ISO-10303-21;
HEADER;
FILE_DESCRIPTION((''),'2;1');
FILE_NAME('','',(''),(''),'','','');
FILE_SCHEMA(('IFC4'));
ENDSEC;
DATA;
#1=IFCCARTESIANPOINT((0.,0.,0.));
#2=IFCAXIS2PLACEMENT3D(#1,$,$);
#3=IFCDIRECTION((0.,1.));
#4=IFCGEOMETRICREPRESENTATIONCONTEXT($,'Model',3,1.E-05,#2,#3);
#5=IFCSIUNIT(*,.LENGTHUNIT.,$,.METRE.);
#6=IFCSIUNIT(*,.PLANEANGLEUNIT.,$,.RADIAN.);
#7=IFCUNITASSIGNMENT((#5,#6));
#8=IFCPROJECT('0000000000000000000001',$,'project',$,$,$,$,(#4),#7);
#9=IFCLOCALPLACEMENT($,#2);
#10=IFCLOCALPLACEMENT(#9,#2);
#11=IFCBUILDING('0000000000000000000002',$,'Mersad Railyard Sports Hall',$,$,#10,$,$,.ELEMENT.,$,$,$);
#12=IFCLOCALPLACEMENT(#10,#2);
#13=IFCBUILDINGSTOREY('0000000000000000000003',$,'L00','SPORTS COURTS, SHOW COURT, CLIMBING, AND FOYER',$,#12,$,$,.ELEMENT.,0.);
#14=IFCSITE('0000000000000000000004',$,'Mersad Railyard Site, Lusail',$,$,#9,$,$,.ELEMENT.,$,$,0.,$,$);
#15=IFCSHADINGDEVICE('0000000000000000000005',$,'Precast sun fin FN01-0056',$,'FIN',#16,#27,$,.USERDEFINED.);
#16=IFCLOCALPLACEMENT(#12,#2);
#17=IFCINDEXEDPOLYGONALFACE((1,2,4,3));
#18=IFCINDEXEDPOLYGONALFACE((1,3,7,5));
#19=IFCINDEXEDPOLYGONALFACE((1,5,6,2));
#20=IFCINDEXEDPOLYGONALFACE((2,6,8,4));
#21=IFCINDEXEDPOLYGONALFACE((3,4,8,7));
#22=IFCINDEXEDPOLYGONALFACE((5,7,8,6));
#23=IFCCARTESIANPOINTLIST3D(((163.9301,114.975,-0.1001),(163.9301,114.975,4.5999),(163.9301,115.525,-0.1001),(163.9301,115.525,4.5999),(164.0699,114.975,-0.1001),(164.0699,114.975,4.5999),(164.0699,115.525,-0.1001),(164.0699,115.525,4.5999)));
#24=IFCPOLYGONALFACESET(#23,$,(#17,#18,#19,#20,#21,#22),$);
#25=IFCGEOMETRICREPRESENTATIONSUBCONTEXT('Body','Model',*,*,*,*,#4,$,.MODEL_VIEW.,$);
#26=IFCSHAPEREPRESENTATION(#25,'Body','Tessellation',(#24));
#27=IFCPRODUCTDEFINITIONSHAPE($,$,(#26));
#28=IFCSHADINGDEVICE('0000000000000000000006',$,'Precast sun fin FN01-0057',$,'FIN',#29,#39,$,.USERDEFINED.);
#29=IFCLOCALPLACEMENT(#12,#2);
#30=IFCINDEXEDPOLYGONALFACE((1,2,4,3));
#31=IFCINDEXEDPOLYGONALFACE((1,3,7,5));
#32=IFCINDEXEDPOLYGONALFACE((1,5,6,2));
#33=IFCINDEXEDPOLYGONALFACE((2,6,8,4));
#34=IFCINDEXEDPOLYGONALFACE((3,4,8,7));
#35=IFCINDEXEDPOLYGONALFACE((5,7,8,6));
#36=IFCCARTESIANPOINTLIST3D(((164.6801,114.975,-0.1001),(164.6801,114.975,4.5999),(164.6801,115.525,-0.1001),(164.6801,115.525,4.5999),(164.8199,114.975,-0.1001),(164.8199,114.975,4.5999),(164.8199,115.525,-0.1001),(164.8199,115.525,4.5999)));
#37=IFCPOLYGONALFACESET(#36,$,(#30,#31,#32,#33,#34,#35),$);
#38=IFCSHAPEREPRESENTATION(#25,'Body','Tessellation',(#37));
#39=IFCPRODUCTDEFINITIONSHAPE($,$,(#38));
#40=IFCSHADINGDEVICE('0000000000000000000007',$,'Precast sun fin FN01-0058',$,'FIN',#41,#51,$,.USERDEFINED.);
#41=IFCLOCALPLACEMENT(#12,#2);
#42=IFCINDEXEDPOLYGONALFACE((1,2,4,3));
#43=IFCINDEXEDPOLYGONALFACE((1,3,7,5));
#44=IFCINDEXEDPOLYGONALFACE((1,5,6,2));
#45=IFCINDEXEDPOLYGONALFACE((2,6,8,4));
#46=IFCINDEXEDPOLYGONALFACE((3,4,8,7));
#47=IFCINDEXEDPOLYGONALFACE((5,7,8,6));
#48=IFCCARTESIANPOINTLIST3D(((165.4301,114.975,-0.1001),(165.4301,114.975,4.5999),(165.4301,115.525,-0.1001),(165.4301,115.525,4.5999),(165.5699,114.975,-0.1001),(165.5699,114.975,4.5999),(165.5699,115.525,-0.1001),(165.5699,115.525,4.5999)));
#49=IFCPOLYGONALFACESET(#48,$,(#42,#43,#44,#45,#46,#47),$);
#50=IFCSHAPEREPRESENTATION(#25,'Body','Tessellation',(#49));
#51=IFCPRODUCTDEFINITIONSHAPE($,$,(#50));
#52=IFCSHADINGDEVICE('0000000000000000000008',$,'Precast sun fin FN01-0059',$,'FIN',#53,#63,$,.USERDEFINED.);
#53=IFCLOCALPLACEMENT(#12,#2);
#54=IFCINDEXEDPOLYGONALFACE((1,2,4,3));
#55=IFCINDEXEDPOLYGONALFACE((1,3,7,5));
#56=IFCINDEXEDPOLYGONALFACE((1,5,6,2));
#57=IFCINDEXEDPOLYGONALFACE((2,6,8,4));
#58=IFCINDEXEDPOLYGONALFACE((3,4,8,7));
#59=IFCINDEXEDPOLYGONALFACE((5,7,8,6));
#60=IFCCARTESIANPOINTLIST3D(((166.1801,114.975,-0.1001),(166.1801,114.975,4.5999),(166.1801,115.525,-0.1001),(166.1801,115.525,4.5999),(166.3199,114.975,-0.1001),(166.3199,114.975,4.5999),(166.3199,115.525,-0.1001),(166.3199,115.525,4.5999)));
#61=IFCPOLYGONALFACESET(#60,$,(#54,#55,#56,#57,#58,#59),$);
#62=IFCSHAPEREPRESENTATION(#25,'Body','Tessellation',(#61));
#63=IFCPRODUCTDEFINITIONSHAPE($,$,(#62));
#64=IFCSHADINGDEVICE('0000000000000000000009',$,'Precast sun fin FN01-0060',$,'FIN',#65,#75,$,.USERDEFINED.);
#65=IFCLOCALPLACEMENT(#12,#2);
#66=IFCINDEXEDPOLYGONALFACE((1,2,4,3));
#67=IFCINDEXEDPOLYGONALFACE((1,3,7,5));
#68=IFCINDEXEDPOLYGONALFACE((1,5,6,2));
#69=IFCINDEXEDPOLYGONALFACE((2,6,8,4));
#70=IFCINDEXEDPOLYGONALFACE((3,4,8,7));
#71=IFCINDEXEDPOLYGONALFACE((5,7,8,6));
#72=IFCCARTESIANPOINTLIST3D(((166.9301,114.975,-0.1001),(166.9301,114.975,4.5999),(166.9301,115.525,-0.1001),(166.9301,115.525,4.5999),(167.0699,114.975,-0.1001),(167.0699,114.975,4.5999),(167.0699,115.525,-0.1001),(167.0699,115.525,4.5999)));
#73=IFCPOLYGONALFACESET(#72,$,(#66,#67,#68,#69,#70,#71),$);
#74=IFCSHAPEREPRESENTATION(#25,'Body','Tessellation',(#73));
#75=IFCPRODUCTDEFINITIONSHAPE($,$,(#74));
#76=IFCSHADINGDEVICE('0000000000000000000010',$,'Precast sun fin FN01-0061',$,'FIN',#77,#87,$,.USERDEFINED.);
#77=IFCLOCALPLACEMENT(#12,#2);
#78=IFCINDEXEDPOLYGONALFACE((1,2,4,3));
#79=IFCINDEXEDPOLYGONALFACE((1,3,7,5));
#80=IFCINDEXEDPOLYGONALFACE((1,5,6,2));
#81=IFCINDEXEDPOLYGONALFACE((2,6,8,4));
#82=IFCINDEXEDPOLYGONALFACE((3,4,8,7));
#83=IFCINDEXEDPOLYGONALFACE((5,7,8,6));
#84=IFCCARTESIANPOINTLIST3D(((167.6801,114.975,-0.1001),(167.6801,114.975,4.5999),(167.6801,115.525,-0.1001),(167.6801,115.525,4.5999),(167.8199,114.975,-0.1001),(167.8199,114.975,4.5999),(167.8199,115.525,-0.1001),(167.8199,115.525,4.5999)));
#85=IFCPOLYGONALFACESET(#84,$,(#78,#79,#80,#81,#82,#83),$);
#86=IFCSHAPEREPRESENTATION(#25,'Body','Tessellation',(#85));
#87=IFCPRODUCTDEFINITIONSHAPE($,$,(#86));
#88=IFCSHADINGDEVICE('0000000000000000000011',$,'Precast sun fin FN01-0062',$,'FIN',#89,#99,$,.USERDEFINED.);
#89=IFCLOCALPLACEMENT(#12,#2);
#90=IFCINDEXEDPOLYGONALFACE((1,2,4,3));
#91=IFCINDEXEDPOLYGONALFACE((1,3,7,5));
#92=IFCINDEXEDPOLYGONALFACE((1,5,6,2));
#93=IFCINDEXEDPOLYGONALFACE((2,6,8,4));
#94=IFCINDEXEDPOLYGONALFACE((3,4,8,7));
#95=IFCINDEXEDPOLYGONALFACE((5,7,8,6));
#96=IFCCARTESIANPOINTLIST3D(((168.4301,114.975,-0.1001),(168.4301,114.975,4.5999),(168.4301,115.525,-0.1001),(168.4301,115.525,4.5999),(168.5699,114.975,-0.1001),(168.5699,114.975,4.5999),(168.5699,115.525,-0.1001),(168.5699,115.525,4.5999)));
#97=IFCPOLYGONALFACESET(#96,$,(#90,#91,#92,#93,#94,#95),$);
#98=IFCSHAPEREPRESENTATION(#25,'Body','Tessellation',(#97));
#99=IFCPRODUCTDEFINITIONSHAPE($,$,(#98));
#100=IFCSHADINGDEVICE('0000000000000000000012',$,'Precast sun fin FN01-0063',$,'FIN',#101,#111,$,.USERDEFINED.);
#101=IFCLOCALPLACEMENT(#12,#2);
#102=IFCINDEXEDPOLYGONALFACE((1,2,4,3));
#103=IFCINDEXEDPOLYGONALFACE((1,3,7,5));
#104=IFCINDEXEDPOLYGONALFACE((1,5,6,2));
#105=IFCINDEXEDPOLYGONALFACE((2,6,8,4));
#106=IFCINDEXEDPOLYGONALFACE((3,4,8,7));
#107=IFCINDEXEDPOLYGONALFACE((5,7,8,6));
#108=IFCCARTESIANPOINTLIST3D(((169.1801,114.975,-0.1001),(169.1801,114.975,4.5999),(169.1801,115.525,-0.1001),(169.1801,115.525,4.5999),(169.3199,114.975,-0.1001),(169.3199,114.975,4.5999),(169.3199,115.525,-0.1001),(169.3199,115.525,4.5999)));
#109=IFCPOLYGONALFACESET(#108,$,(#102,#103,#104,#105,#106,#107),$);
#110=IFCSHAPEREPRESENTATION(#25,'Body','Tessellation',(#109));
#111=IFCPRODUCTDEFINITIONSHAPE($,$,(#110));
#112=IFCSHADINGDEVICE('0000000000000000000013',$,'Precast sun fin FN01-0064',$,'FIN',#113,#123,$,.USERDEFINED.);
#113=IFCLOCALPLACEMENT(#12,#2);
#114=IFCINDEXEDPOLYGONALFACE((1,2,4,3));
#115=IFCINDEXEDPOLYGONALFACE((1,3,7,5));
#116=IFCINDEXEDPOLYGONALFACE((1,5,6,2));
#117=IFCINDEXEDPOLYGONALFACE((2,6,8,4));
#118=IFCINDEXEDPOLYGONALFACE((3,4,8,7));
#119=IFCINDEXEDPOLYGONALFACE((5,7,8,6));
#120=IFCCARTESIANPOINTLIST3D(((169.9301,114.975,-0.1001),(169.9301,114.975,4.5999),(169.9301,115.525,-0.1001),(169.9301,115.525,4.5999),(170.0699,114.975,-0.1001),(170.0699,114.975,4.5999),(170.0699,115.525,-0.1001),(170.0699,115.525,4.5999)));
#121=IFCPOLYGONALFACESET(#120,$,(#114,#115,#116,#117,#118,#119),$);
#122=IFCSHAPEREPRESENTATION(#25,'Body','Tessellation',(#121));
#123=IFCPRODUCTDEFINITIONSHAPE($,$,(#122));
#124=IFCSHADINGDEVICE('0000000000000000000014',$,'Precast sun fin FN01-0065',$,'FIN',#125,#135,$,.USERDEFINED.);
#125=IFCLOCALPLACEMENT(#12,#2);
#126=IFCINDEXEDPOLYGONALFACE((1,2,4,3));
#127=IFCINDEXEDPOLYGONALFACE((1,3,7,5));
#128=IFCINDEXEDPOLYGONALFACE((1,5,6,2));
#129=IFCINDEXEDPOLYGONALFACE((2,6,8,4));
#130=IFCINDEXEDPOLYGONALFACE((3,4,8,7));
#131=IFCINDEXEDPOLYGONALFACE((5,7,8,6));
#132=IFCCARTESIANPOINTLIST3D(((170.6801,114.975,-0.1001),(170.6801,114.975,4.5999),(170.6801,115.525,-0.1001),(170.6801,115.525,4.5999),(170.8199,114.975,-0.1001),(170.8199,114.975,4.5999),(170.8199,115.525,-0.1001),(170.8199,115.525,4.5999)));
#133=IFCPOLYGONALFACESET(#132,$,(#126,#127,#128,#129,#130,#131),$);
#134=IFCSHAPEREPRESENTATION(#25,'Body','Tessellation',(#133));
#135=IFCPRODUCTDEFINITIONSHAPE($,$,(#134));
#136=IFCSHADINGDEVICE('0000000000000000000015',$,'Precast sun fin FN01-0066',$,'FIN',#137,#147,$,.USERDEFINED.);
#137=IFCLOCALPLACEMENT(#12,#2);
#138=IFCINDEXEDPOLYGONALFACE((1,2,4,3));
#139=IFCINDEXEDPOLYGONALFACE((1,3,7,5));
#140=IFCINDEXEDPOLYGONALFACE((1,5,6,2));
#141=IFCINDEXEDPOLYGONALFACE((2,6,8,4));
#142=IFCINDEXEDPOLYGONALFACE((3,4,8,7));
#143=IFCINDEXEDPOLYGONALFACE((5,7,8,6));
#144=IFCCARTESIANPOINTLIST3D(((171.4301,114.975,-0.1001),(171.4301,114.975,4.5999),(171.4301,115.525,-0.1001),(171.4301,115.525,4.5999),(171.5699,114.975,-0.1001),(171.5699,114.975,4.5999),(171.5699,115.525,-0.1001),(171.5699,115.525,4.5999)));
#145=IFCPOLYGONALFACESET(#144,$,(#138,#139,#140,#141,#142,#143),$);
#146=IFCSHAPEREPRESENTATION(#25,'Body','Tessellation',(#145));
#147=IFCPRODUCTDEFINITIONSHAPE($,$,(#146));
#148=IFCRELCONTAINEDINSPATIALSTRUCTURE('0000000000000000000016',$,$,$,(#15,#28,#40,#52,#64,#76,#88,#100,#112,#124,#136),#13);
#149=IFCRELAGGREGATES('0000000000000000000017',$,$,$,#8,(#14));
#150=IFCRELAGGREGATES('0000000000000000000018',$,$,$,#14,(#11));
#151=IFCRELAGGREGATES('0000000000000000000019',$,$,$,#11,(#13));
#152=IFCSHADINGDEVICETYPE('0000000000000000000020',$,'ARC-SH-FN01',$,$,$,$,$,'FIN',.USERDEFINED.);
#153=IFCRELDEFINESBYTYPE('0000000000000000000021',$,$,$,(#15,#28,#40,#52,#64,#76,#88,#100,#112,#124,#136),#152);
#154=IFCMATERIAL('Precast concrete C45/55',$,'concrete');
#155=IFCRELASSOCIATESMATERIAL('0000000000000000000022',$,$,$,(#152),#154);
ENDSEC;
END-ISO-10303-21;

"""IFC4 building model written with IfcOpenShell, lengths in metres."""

from ifc_helpers import new_model, si_unit, direction, frame, origin, origin_2d, place, context, subcontext, project, spatial, rectangle, extrude, material, type_object, element, save


model = new_model("IFC4")

# Units and contexts
model_context = context("Model", 3, precision=1e-05, world=origin(), true_north=direction((0.0, 1.0)))
body_context = subcontext(model_context, "Body", "Model", "MODEL_VIEW")
ifc_project = project(units=[si_unit("LENGTHUNIT", "METRE"), si_unit("PLANEANGLEUNIT", "RADIAN")], contexts=[model_context])

# Site, building, storey
site_placement = place(None, origin())
site = spatial("IfcSite", under=ifc_project, at=site_placement, Name="Mersad Railyard Site, Lusail", CompositionType="ELEMENT", RefElevation=0.0)
building_placement = place(site_placement, origin())
building = spatial("IfcBuilding", under=site, at=building_placement, Name="Mersad Railyard Sports Hall", CompositionType="ELEMENT")
storey_placement = place(building_placement, origin())
storey = spatial("IfcBuildingStorey", under=building, at=storey_placement, Name="L00", Description="SPORTS COURTS, SHOW COURT, CLIMBING, AND FOYER", CompositionType="ELEMENT", Elevation=0.0)

# Shading devices
ifc_material_1 = material(Name="Precast concrete C45/55", Category="concrete")
shading_device_type = type_object("IfcShadingDeviceType", Name="ARC-SH-FN01", ElementType="FIN", PredefinedType="USERDEFINED", material=ifc_material_1)
for number, where, z_axis, x_axis, name in (
    (1, (164.0, 115.25, -0.1001), (0.0, 0.0, 1.0), (1.0, 0.0, 0.0), "Precast sun fin FN01-0056"),
    (2, (164.75, 115.25, -0.1001), (0.0, 0.0, 1.0), (1.0, 0.0, 0.0), "Precast sun fin FN01-0057"),
    (3, (165.5, 115.25, -0.1001), (0.0, 0.0, 1.0), (1.0, 0.0, 0.0), "Precast sun fin FN01-0058"),
    (4, (166.25, 115.25, -0.1001), (0.0, 0.0, 1.0), (1.0, 0.0, 0.0), "Precast sun fin FN01-0059"),
    (5, (167.0, 115.25, -0.1001), (0.0, 0.0, 1.0), (1.0, 0.0, 0.0), "Precast sun fin FN01-0060"),
    (6, (167.75, 115.25, -0.1001), (0.0, 0.0, 1.0), (1.0, 0.0, 0.0), "Precast sun fin FN01-0061"),
    (7, (168.5, 115.25, -0.1001), (0.0, 0.0, 1.0), (1.0, 0.0, 0.0), "Precast sun fin FN01-0062"),
    (8, (169.25, 115.25, -0.1001), (0.0, 0.0, 1.0), (1.0, 0.0, 0.0), "Precast sun fin FN01-0063"),
    (9, (170.0, 115.25, -0.1001), (0.0, 0.0, 1.0), (1.0, 0.0, 0.0), "Precast sun fin FN01-0064"),
    (10, (170.75, 115.25, -0.1001), (0.0, 0.0, 1.0), (1.0, 0.0, 0.0), "Precast sun fin FN01-0065"),
    (11, (171.5, 115.25, -0.1001), (0.0, 0.0, 1.0), (1.0, 0.0, 0.0), "Precast sun fin FN01-0066"),
):
    element("IfcShadingDevice", number, at=place(storey_placement, frame(where, z_axis=z_axis, x_axis=x_axis)), inside=storey, type_object=shading_device_type, Name=name, ObjectType="FIN", PredefinedType="USERDEFINED", context=body_context, shape_type="SweptSolid", body=[
        extrude(rectangle(XDim=0.1399, YDim=0.55, at=origin_2d()), origin(), (0.0, 0.0, 1.0), 4.7),
    ])

save(model, "model.ifc")
